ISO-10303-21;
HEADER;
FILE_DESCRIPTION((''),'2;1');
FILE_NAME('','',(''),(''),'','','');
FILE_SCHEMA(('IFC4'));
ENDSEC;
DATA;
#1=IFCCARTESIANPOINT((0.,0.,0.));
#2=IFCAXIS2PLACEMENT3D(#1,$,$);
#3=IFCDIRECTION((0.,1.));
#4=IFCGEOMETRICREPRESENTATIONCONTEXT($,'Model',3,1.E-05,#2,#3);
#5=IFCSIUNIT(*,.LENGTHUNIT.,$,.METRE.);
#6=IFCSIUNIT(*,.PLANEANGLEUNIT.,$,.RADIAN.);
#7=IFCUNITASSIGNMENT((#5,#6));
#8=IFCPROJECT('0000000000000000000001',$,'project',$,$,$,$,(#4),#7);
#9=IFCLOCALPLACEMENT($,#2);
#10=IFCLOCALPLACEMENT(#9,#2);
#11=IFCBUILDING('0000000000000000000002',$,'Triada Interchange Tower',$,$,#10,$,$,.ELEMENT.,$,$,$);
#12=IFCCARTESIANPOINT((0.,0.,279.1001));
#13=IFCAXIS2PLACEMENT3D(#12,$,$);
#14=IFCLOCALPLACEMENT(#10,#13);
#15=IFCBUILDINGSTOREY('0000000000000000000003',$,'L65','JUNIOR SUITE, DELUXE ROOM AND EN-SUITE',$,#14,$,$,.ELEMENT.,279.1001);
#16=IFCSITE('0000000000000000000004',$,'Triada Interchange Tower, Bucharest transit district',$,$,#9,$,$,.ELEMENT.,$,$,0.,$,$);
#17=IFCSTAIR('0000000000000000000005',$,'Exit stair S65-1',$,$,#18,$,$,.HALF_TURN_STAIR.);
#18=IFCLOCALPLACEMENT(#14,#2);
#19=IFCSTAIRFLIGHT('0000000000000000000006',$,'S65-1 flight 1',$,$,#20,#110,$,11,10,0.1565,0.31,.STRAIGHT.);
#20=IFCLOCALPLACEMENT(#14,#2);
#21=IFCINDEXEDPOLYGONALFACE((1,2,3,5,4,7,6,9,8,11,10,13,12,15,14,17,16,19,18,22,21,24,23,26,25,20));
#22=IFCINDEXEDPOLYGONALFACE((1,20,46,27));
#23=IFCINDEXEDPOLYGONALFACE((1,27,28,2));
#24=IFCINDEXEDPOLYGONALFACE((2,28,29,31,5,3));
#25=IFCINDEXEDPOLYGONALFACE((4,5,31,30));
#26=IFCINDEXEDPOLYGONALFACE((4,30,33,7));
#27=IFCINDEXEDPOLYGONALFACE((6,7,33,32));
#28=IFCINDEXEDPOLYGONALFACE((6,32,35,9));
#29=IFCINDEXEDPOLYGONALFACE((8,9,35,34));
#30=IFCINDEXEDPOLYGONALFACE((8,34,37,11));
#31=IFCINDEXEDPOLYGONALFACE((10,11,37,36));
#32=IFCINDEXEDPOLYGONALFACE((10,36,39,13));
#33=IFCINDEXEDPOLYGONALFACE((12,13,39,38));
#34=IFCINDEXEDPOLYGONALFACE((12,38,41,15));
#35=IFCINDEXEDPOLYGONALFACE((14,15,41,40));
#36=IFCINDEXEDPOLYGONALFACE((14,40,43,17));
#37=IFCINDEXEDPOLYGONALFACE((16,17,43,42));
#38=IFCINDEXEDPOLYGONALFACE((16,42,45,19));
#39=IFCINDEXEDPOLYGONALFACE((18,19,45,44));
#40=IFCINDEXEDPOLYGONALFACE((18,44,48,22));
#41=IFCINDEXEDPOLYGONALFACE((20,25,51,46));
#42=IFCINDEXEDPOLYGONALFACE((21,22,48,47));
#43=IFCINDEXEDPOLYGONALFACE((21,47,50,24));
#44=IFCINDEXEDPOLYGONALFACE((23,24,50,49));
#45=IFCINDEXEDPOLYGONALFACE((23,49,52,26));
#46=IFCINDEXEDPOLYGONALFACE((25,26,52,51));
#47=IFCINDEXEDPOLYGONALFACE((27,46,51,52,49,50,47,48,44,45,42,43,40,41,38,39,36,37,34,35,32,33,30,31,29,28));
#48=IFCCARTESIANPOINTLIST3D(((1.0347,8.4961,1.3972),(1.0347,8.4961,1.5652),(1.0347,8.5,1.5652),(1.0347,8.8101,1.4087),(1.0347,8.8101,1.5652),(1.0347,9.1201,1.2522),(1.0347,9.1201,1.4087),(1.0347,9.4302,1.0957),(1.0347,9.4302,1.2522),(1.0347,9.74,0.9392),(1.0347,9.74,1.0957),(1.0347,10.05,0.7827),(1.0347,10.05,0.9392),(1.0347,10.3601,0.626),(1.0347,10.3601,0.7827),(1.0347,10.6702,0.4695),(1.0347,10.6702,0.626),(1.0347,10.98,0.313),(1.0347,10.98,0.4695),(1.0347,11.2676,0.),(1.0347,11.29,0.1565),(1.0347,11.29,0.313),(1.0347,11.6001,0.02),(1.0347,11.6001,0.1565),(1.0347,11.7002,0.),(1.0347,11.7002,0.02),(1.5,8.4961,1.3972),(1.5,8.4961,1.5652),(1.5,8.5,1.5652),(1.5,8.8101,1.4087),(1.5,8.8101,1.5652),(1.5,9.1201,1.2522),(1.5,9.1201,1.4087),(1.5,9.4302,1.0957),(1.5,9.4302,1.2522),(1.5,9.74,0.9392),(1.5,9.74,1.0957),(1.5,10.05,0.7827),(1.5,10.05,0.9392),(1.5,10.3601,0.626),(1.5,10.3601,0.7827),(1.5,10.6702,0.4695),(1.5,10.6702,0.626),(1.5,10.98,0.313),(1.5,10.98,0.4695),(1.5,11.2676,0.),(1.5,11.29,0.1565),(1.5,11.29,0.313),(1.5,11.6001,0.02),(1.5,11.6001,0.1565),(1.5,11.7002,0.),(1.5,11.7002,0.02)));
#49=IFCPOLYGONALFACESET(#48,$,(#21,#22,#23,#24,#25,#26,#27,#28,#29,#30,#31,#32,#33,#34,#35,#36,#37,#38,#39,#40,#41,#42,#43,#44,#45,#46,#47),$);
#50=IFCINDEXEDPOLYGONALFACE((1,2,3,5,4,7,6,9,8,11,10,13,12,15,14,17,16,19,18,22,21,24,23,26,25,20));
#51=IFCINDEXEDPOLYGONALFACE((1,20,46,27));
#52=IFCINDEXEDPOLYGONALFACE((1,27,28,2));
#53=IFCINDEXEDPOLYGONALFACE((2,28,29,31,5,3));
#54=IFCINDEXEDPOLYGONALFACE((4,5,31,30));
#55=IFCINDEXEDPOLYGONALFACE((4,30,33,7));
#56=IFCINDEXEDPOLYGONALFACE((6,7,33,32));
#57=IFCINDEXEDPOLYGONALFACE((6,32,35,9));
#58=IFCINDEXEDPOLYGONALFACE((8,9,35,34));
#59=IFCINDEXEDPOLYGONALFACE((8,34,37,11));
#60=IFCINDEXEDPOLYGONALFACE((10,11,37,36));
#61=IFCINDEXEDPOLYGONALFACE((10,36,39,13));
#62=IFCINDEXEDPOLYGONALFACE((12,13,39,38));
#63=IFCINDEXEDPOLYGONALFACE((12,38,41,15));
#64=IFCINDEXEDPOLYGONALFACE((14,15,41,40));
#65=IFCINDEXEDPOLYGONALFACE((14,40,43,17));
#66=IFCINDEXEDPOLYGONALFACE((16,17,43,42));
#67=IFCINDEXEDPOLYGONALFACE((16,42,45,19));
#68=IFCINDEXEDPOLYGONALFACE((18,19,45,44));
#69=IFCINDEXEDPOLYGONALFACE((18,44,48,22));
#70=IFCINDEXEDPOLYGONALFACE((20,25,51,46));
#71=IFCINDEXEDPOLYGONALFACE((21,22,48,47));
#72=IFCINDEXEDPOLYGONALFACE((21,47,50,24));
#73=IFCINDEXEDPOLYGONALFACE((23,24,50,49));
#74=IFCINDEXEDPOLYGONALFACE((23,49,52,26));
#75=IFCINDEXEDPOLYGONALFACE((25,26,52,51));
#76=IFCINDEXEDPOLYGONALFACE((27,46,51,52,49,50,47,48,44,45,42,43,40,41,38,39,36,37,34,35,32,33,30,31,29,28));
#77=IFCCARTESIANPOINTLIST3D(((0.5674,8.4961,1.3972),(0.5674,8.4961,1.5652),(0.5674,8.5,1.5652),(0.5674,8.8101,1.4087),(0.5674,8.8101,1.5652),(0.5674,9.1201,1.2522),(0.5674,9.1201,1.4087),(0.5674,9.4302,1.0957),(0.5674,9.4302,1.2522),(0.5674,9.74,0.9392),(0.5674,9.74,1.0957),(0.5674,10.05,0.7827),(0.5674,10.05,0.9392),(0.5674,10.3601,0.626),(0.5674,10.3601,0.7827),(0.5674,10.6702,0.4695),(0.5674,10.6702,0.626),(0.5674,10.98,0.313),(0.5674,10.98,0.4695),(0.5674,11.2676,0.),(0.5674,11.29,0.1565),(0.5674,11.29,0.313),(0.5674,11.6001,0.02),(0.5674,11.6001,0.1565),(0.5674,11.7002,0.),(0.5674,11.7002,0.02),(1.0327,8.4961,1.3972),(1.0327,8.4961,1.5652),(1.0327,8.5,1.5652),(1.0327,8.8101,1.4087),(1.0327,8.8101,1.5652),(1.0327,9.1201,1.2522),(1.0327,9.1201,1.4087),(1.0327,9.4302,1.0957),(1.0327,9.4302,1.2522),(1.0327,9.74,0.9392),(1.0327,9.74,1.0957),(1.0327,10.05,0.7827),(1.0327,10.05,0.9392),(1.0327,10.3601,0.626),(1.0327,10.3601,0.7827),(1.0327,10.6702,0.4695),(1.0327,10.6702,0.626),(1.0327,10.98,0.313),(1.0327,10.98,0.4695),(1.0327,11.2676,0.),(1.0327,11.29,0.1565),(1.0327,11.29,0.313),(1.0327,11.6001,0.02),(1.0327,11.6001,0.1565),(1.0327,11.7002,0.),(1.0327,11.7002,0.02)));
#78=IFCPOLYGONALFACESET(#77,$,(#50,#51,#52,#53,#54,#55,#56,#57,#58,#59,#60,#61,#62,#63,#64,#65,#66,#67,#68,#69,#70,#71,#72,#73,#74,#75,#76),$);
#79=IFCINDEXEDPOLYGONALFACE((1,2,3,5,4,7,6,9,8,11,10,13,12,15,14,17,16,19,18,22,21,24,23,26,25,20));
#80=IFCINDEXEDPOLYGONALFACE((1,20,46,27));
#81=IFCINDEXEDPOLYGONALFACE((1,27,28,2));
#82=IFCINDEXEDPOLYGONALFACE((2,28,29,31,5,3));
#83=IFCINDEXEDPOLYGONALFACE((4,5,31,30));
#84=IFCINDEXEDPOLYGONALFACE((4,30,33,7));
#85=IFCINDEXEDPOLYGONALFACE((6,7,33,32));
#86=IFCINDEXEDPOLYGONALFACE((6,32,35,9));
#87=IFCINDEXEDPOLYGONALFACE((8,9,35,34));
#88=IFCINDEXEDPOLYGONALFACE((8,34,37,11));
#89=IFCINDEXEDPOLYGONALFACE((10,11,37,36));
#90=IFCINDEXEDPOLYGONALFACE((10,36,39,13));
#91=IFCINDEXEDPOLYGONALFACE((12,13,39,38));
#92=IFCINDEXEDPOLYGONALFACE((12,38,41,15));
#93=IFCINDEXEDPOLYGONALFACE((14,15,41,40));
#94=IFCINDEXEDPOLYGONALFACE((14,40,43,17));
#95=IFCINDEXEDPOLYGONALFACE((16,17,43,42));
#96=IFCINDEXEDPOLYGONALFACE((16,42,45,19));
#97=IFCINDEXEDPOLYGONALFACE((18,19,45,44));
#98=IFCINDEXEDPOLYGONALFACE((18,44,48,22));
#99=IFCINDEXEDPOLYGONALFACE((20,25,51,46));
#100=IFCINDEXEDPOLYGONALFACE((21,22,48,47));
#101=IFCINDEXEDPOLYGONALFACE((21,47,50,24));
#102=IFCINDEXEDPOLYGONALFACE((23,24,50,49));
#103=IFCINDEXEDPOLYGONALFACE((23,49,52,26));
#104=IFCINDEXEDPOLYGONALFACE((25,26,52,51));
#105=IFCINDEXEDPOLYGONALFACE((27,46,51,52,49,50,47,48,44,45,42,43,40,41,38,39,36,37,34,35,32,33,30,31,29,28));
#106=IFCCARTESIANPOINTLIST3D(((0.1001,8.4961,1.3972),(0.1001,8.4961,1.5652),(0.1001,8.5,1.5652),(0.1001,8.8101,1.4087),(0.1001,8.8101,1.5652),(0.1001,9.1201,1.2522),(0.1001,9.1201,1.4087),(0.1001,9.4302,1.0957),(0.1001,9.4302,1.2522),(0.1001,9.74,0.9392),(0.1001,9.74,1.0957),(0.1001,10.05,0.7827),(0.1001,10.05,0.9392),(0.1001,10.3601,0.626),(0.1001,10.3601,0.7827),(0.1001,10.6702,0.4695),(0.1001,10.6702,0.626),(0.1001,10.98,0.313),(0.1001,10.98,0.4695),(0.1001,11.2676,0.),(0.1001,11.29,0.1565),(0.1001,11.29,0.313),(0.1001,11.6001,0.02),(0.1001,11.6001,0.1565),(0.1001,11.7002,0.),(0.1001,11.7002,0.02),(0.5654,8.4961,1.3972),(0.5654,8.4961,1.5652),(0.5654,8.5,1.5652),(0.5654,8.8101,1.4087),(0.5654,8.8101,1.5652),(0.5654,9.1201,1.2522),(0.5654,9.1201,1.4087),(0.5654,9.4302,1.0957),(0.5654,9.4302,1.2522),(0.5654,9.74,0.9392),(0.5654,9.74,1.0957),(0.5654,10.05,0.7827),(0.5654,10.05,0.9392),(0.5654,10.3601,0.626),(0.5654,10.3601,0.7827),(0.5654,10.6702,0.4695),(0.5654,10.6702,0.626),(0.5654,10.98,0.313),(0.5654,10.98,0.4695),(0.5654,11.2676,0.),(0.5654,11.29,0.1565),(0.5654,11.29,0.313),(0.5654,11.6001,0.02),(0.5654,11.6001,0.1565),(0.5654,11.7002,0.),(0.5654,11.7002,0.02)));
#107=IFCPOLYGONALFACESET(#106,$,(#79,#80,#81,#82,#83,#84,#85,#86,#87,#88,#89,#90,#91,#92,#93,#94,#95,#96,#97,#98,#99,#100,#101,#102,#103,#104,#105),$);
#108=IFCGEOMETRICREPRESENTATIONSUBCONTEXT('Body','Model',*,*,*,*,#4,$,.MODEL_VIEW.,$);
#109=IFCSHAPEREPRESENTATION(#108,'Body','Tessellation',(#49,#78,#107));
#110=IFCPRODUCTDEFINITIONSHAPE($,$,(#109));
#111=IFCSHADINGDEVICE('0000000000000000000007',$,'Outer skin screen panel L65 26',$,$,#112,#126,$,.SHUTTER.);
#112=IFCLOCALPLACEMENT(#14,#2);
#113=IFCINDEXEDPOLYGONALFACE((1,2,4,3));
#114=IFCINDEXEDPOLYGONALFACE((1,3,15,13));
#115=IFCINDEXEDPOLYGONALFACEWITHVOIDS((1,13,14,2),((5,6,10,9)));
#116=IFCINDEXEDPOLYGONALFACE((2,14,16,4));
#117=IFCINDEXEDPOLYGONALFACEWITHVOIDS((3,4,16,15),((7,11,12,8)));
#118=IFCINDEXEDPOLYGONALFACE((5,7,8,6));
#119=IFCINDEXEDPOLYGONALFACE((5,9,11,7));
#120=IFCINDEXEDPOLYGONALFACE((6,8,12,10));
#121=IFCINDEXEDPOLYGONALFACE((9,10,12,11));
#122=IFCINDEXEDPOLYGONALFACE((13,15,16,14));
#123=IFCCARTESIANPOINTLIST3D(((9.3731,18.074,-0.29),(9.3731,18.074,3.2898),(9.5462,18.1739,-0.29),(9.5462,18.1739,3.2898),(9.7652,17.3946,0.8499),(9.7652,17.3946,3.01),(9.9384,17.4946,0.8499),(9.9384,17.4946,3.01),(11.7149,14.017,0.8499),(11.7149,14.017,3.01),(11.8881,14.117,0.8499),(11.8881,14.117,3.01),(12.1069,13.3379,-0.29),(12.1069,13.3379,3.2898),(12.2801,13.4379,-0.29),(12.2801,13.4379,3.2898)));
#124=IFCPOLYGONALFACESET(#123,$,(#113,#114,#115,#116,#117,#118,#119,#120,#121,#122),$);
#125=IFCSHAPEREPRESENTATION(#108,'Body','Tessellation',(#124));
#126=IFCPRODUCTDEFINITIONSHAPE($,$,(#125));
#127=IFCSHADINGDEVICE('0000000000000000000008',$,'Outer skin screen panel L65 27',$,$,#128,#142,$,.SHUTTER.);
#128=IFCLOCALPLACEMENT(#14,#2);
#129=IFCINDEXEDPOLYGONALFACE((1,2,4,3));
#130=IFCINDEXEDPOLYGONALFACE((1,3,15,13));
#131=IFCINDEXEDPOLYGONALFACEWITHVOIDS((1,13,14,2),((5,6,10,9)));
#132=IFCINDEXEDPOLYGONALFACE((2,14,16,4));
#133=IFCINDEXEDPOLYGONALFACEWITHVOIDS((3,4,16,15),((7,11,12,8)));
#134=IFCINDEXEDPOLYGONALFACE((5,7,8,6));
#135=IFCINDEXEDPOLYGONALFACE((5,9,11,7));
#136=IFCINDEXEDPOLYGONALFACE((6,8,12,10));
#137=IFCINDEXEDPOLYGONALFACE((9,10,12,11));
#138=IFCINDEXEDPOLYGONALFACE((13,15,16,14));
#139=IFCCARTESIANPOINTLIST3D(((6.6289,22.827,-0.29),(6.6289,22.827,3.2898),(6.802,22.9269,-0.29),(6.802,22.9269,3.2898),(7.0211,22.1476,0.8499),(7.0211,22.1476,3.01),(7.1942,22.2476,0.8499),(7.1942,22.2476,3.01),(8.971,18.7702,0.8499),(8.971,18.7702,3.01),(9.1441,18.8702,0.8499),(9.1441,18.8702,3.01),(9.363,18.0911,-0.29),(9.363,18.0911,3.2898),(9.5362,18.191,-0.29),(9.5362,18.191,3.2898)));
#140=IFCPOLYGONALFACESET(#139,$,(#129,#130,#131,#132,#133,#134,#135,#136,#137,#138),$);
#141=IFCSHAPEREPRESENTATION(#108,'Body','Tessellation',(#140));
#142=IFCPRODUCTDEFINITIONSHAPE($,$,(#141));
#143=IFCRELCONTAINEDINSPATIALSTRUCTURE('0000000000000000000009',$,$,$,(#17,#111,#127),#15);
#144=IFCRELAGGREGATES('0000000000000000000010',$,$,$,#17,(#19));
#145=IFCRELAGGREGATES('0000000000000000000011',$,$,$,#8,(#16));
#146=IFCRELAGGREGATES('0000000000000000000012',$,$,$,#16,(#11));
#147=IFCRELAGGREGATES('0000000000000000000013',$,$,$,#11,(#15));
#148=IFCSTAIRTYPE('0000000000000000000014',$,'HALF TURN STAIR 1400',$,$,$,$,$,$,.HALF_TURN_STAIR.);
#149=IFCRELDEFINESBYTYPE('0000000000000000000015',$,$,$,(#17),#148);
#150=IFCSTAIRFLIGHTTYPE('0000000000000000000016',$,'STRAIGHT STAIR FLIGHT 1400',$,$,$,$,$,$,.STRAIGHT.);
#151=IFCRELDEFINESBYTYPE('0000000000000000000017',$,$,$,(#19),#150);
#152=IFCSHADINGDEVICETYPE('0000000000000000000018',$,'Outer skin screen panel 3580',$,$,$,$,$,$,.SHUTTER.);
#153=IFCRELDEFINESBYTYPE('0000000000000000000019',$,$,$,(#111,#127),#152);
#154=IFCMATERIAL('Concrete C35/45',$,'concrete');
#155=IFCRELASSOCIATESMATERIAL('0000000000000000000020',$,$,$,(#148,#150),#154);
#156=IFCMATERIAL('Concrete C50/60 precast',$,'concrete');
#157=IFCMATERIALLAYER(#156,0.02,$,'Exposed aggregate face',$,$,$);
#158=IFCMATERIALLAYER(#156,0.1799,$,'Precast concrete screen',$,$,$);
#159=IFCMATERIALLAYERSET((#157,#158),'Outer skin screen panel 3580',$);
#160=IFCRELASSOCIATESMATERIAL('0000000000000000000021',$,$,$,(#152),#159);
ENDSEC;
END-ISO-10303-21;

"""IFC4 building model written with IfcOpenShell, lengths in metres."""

from ifc_helpers import new_model, si_unit, direction, frame, origin, place, context, subcontext, project, spatial, polyline, outline, extrude, material, layer, layer_set, type_object, element, aggregate, save


model = new_model("IFC4")

# Units and contexts
model_context = context("Model", 3, precision=1e-05, world=origin(), true_north=direction((0.0, 1.0)))
body_context = subcontext(model_context, "Body", "Model", "MODEL_VIEW")
ifc_project = project(units=[si_unit("LENGTHUNIT", "METRE"), si_unit("PLANEANGLEUNIT", "RADIAN")], contexts=[model_context])

# Site, building, storey
site_placement = place(None, origin())
site = spatial("IfcSite", under=ifc_project, at=site_placement, Name="Triada Interchange Tower, Bucharest transit district", CompositionType="ELEMENT", RefElevation=0.0)
building_placement = place(site_placement, origin())
building = spatial("IfcBuilding", under=site, at=building_placement, Name="Triada Interchange Tower", CompositionType="ELEMENT")
storey_placement = place(building_placement, frame((0.0, 0.0, 279.1001)))
storey = spatial("IfcBuildingStorey", under=building, at=storey_placement, Name="L65", Description="JUNIOR SUITE, DELUXE ROOM AND EN-SUITE", CompositionType="ELEMENT", Elevation=279.1001)

# Stair, stair flight
ifc_material_1 = material(Name="Concrete C35/45", Category="concrete")
stair_type = type_object("IfcStairType", Name="HALF TURN STAIR 1400", PredefinedType="HALF_TURN_STAIR", material=ifc_material_1)
stair_placement = place(storey_placement, origin())
stair = element("IfcStair", 1, at=stair_placement, inside=storey, type_object=stair_type, Name="Exit stair S65-1", PredefinedType="HALF_TURN_STAIR")
stair_flight_type = type_object("IfcStairFlightType", Name="STRAIGHT STAIR FLIGHT 1400", PredefinedType="STRAIGHT", material=ifc_material_1)
stair_flight_placement = place(storey_placement, frame((0.8, 11.6001, 0.0), z_axis=(0.0, 0.0, 1.0), x_axis=(0.0, -1.0, 0.0)))
stair_flight = element("IfcStairFlight", 2, at=stair_flight_placement, type_object=stair_flight_type, Name="S65-1 flight 1", NumberOfRisers=11, NumberOfTreads=10, PredefinedType="STRAIGHT", RiserHeight=0.1565, TreadLength=0.31, context=body_context, shape_type="SweptSolid", body=[
    extrude(outline(polyline([(-0.1001, 0.0), (-0.1001, 0.02), (0.0, 0.02), (0.0, 0.1565), (0.3101, 0.1565), (0.3101, 0.313), (0.6201, 0.313), (0.6201, 0.4695), (0.9299, 0.4695), (0.9299, 0.626), (1.24, 0.626), (1.24, 0.7827), (1.55, 0.7827), (1.55, 0.9392), (1.8601, 0.9392), (1.8601, 1.0957), (2.1699, 1.0957), (2.1699, 1.2522), (2.48, 1.2522), (2.48, 1.4087), (2.79, 1.4087), (2.79, 1.5652), (3.1001, 1.5652), (3.104, 1.5652), (3.104, 1.7217), (3.104, 1.3972), (0.3325, 0.0), (-0.1001, 0.0)])), frame((0.0, 0.7, 0.0), z_axis=(0.0, -1.0, 0.0), x_axis=(1.0, 0.0, 0.0)), (0.0, 0.0, 1.0), 0.4653),
    extrude(outline(polyline([(-0.1001, 0.0), (-0.1001, 0.02), (0.0, 0.02), (0.0, 0.1565), (0.3101, 0.1565), (0.3101, 0.313), (0.6201, 0.313), (0.6201, 0.4695), (0.9299, 0.4695), (0.9299, 0.626), (1.24, 0.626), (1.24, 0.7827), (1.55, 0.7827), (1.55, 0.9392), (1.8601, 0.9392), (1.8601, 1.0957), (2.1699, 1.0957), (2.1699, 1.2522), (2.48, 1.2522), (2.48, 1.4087), (2.79, 1.4087), (2.79, 1.5652), (3.1001, 1.5652), (3.104, 1.5652), (3.104, 1.7217), (3.104, 1.3972), (0.3325, 0.0), (-0.1001, 0.0)])), frame((0.0, 0.2327, 0.0), z_axis=(0.0, -1.0, 0.0), x_axis=(1.0, 0.0, 0.0)), (0.0, 0.0, 1.0), 0.4653),
    extrude(outline(polyline([(-0.1001, 0.0), (-0.1001, 0.02), (0.0, 0.02), (0.0, 0.1565), (0.3101, 0.1565), (0.3101, 0.313), (0.6201, 0.313), (0.6201, 0.4695), (0.9299, 0.4695), (0.9299, 0.626), (1.24, 0.626), (1.24, 0.7827), (1.55, 0.7827), (1.55, 0.9392), (1.8601, 0.9392), (1.8601, 1.0957), (2.1699, 1.0957), (2.1699, 1.2522), (2.48, 1.2522), (2.48, 1.4087), (2.79, 1.4087), (2.79, 1.5652), (3.1001, 1.5652), (3.104, 1.5652), (3.104, 1.7217), (3.104, 1.3972), (0.3325, 0.0), (-0.1001, 0.0)])), frame((0.0, -0.2346, 0.0), z_axis=(0.0, -1.0, 0.0), x_axis=(1.0, 0.0, 0.0)), (0.0, 0.0, 1.0), 0.4653),
])

# Shading devices
ifc_material_2 = material(Name="Concrete C50/60 precast", Category="concrete")
ifc_layer_1 = layer(ifc_material_2, 0.02, Name="Exposed aggregate face")
ifc_layer_2 = layer(ifc_material_2, 0.1799, Name="Precast concrete screen")
ifc_layer_set_1 = layer_set([ifc_layer_1, ifc_layer_2], Name="Outer skin screen panel 3580")
shading_device_type = type_object("IfcShadingDeviceType", Name="Outer skin screen panel 3580", PredefinedType="SHUTTER", material=ifc_layer_set_1)
for number, where, z_axis, x_axis, name in (
    (3, (12.1069, 13.3379, -0.29), (0.0, 0.0, 1.0), (-0.499932, 0.866064, 0.0), "Outer skin screen panel L65 26"),
    (4, (9.363, 18.0911, -0.29), (0.0, 0.0, 1.0), (-0.499985, 0.866034, 0.0), "Outer skin screen panel L65 27"),
):
    element("IfcShadingDevice", number, at=place(storey_placement, frame(where, z_axis=z_axis, x_axis=x_axis)), inside=storey, type_object=shading_device_type, Name=name, PredefinedType="SHUTTER", context=body_context, shape_type="SweptSolid", body=[
        extrude(outline(polyline([(0.0, 0.0), (5.4685, 0.0), (5.4685, 3.5798), (0.0, 3.5798), (0.0, 0.0)]), holes=[polyline([(0.7842, 1.1399), (0.7842, 3.3), (4.6841, 3.3), (4.6841, 1.1399), (0.7842, 1.1399)])]), frame((0.0, 0.0, 0.0), z_axis=(0.0, -1.0, 0.0), x_axis=(1.0, 0.0, 0.0)), (0.0, 0.0, 1.0), 0.2),
    ])

aggregate(stair, [stair_flight])

save(model, "model.ifc")
